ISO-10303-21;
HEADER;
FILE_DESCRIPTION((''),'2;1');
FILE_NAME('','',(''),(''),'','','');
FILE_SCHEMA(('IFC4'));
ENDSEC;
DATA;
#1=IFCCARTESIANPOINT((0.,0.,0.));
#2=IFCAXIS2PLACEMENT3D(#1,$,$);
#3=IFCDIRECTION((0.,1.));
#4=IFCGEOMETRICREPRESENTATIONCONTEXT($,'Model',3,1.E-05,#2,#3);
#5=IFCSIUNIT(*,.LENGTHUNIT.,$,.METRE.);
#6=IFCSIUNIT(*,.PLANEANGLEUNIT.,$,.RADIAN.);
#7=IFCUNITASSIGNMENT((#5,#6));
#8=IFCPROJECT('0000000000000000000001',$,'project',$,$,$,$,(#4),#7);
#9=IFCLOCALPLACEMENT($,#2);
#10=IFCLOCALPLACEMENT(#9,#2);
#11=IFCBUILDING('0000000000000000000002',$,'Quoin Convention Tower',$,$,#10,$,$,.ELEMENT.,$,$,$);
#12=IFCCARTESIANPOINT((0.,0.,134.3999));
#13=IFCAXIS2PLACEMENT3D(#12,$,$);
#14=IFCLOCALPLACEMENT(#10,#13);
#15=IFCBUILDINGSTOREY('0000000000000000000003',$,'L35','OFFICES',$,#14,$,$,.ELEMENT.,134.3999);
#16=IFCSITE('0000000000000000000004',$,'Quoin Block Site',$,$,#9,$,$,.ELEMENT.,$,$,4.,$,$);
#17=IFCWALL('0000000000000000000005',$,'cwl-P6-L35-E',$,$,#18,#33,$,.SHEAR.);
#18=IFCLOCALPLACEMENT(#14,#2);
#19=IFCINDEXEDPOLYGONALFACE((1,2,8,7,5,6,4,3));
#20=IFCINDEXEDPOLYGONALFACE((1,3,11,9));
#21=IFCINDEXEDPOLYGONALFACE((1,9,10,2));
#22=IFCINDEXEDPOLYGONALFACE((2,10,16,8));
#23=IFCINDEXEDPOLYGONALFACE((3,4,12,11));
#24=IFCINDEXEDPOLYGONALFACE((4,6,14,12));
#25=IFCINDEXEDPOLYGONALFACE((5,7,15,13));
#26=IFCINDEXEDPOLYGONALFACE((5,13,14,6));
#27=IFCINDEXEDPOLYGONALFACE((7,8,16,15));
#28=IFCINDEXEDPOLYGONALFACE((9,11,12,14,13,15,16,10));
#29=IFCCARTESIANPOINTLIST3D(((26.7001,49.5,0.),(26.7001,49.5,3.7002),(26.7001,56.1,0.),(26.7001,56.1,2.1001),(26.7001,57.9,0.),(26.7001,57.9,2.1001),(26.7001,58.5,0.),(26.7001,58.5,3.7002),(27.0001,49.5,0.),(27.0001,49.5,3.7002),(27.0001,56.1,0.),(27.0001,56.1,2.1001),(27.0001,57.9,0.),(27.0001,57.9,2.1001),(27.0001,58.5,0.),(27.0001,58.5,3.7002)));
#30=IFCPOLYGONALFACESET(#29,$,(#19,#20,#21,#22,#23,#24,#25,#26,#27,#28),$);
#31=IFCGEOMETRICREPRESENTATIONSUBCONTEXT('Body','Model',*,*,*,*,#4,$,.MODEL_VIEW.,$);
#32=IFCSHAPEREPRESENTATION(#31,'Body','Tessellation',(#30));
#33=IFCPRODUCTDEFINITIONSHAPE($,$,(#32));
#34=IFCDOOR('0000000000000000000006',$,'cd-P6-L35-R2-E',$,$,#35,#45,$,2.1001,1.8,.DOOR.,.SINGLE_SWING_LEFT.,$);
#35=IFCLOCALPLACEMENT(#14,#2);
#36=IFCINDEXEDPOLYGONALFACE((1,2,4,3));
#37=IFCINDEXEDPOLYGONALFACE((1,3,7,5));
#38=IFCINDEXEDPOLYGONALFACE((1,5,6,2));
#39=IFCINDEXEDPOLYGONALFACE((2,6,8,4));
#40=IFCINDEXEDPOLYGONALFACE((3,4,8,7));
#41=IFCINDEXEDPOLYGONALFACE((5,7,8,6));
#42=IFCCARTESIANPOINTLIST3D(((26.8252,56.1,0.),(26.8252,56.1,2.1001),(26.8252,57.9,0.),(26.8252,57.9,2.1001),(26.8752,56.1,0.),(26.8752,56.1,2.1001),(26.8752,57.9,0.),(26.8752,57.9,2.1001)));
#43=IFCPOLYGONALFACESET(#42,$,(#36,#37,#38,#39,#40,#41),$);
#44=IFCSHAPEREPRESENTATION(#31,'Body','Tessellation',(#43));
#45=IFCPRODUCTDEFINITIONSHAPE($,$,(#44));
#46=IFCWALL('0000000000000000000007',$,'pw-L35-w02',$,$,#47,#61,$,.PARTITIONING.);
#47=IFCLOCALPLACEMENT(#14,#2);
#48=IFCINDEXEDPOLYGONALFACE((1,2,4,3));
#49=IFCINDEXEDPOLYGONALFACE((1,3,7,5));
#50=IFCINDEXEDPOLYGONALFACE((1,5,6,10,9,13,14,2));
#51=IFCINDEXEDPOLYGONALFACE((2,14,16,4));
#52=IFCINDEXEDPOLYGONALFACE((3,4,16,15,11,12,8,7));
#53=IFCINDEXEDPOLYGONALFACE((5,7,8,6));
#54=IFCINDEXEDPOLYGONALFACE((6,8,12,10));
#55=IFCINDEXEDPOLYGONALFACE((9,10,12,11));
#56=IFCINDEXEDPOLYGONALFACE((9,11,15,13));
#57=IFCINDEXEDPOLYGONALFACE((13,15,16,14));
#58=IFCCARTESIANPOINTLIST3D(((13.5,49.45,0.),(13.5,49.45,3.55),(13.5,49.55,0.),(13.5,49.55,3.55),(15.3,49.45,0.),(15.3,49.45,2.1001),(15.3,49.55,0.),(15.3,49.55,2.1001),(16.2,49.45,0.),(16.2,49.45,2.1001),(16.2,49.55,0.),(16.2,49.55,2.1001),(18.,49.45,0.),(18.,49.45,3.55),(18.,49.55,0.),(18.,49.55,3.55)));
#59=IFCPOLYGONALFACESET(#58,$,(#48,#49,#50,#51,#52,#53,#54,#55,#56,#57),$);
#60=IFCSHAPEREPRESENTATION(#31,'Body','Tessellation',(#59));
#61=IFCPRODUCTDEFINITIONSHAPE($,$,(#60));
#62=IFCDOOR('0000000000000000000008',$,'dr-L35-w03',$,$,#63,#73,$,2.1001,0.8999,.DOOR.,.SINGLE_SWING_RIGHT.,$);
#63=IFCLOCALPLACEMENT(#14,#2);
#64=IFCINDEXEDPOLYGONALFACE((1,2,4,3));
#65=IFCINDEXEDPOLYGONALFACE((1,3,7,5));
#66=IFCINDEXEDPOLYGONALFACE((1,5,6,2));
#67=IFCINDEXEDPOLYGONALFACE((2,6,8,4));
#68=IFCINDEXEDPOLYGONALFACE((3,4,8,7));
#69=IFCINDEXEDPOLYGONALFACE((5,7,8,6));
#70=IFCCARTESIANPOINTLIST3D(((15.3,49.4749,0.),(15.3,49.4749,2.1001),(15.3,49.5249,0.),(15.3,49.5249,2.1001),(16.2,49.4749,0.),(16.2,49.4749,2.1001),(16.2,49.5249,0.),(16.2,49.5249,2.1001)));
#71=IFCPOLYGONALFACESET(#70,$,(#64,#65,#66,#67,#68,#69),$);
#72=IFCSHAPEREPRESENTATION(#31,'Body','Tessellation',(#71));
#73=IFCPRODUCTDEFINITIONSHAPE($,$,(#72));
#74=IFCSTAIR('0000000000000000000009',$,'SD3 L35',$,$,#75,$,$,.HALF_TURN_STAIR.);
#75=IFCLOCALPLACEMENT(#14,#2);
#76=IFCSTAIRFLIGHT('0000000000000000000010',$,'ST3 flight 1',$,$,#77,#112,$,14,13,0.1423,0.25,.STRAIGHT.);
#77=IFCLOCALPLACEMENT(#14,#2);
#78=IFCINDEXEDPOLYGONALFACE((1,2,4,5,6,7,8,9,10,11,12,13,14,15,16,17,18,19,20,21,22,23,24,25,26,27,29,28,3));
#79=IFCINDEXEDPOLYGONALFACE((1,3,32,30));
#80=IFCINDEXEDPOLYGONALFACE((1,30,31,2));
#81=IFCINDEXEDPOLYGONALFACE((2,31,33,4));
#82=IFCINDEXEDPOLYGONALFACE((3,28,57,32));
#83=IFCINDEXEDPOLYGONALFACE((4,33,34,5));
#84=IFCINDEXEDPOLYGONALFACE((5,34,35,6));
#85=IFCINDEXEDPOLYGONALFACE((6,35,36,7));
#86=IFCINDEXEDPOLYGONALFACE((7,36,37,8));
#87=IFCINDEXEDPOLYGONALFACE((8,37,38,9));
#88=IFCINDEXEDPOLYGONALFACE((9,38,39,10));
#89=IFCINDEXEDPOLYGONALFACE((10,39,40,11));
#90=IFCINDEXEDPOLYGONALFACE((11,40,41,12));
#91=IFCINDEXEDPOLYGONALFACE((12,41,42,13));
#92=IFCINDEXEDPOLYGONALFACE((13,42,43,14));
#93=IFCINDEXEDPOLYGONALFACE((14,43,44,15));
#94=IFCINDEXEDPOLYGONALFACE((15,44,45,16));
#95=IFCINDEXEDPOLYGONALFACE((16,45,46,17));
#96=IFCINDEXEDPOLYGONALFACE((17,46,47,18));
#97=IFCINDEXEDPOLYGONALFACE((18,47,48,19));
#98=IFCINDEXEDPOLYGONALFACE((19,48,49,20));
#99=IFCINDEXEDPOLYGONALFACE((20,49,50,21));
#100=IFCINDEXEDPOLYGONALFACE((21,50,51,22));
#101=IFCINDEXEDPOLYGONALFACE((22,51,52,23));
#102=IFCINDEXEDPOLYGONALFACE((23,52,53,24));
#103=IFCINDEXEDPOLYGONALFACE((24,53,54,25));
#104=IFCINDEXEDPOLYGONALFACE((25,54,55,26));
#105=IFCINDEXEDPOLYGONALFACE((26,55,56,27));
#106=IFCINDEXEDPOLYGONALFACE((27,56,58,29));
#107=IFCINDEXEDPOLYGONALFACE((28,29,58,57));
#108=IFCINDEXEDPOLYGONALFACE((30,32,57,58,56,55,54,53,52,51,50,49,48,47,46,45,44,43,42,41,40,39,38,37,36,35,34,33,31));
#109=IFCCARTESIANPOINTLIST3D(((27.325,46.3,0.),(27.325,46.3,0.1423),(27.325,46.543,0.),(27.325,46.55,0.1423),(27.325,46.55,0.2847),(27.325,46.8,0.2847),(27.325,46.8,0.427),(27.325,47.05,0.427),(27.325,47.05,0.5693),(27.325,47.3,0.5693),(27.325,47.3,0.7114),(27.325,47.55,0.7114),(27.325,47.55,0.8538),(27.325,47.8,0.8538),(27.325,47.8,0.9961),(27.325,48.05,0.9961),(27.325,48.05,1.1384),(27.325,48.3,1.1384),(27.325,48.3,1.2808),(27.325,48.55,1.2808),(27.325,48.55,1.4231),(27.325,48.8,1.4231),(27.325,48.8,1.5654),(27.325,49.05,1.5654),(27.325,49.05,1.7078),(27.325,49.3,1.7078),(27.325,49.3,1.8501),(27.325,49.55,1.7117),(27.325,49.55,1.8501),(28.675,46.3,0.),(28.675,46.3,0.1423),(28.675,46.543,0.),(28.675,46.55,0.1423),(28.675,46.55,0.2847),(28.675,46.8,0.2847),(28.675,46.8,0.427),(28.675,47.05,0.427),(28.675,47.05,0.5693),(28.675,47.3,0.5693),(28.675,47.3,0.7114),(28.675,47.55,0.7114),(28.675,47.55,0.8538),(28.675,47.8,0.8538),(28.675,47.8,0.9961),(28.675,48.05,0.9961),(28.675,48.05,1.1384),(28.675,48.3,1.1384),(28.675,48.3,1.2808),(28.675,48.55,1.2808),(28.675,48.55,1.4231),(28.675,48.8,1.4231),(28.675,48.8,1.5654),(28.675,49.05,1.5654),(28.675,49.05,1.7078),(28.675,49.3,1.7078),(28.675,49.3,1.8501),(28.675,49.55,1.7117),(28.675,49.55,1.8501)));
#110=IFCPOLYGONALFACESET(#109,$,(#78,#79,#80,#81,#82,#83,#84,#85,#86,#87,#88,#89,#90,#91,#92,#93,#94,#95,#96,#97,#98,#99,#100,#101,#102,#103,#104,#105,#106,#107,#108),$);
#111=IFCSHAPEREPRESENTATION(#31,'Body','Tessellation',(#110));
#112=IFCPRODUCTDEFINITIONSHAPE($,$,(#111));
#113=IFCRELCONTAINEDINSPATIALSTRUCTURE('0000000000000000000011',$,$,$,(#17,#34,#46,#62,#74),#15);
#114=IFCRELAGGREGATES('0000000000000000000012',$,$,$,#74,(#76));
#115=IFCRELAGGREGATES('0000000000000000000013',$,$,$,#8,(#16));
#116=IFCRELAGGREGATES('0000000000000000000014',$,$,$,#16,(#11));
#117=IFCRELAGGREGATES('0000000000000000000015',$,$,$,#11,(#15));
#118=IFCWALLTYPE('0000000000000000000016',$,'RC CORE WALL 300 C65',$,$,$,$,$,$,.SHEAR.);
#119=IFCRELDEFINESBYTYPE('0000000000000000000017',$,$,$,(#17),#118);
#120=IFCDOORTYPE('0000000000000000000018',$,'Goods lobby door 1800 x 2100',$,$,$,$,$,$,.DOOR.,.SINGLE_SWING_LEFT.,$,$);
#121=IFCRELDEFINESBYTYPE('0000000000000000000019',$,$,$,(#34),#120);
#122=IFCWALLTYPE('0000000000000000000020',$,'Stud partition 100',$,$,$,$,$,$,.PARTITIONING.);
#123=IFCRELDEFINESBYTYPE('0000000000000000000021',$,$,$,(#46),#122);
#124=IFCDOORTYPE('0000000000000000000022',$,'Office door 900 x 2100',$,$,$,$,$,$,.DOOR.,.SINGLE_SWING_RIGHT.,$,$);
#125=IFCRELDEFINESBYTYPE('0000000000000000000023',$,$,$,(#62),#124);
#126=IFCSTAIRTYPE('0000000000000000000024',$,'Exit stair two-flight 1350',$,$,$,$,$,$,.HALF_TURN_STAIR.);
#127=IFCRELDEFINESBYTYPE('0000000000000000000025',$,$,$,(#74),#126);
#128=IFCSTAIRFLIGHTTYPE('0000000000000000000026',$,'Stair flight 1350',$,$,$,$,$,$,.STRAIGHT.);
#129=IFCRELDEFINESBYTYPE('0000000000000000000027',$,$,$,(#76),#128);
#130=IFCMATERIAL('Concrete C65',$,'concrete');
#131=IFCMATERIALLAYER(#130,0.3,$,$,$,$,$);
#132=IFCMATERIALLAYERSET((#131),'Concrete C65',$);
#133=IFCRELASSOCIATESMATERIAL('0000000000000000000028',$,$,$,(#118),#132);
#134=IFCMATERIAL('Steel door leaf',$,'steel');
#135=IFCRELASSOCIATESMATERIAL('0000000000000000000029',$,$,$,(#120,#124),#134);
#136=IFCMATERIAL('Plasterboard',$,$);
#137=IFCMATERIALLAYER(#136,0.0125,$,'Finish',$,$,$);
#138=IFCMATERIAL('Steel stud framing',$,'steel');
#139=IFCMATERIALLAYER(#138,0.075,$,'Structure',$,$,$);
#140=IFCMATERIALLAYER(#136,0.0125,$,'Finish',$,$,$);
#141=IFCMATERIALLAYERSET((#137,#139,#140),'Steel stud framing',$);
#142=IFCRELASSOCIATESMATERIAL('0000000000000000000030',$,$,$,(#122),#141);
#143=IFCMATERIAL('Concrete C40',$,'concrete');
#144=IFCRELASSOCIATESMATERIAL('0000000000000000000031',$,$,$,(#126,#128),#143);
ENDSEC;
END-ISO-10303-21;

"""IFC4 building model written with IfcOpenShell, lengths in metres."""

from ifc_helpers import new_model, si_unit, direction, frame, frame_2d, origin, place, context, subcontext, project, spatial, polyline, rectangle, outline, extrude, material, layer, layer_set, type_object, element, fill, aggregate, save


model = new_model("IFC4")

# Units and contexts
model_context = context("Model", 3, precision=1e-05, world=origin(), true_north=direction((0.0, 1.0)))
body_context = subcontext(model_context, "Body", "Model", "MODEL_VIEW")
ifc_project = project(units=[si_unit("LENGTHUNIT", "METRE"), si_unit("PLANEANGLEUNIT", "RADIAN")], contexts=[model_context])

# Site, building, storey
site_placement = place(None, origin())
site = spatial("IfcSite", under=ifc_project, at=site_placement, Name="Quoin Block Site", CompositionType="ELEMENT", RefElevation=4.0)
building_placement = place(site_placement, origin())
building = spatial("IfcBuilding", under=site, at=building_placement, Name="Quoin Convention Tower", CompositionType="ELEMENT")
storey_placement = place(building_placement, frame((0.0, 0.0, 134.3999)))
storey = spatial("IfcBuildingStorey", under=building, at=storey_placement, Name="L35", Description="OFFICES", CompositionType="ELEMENT", Elevation=134.3999)

# Shared definitions
ifc_material_1 = material(Name="Concrete C65", Category="concrete")

# Shared definitions
ifc_material_2 = material(Name="Plasterboard")
ifc_material_3 = material(Name="Steel stud framing", Category="steel")

# Shared definitions
ifc_layer_1 = layer(ifc_material_1, 0.3)
ifc_layer_set_1 = layer_set([ifc_layer_1], Name="Concrete C65")
wall_type_1 = type_object("IfcWallType", Name="RC CORE WALL 300 C65", PredefinedType="SHEAR", material=ifc_layer_set_1)
ifc_material_4 = material(Name="Steel door leaf", Category="steel")

# Walls, openings, doors
wall_1_placement = place(storey_placement, frame((26.8501, 49.5, 0.0), z_axis=(0.0, 0.0, 1.0), x_axis=(0.0, 1.0, 0.0)))
wall_1 = element("IfcWall", 1, at=wall_1_placement, inside=storey, type_object=wall_type_1, Name="cwl-P6-L35-E", PredefinedType="SHEAR", context=body_context, shape_type="SweptSolid", body=[
    extrude(rectangle(XDim=9.0, YDim=0.3, at=frame_2d((4.5, 0.0))), origin(), (0.0, 0.0, 1.0), 3.7002),
])
opening_1_placement = place(wall_1_placement, frame((6.6001, 0.0, 0.0)))
opening_1 = element("IfcOpeningElement", 2, at=opening_1_placement, cuts=wall_1, PredefinedType="OPENING", context=body_context, shape_type="SweptSolid", body=[
    extrude(rectangle(XDim=1.8, YDim=2.1001, at=frame_2d((0.8999, 1.05))), frame((0.0, 0.1599, 0.0), z_axis=(0.0, -1.0, 0.0), x_axis=(1.0, 0.0, 0.0)), (0.0, 0.0, 1.0), 0.3201),
])
door_type_1 = type_object("IfcDoorType", Name="Goods lobby door 1800 x 2100", OperationType="SINGLE_SWING_LEFT", PredefinedType="DOOR", material=ifc_material_4)
door_1_placement = place(opening_1_placement, origin())
door_1 = element("IfcDoor", 3, at=door_1_placement, inside=storey, type_object=door_type_1, Name="cd-P6-L35-R2-E", OperationType="SINGLE_SWING_LEFT", OverallHeight=2.1001, OverallWidth=1.8, PredefinedType="DOOR", context=body_context, shape_type="SweptSolid", body=[
    extrude(rectangle(XDim=1.8, YDim=2.1001, at=frame_2d((0.8999, 1.05))), frame((0.0, 0.0249, 0.0), z_axis=(0.0, -1.0, 0.0), x_axis=(1.0, 0.0, 0.0)), (0.0, 0.0, 1.0), 0.05),
])
fill(opening_1, door_1)
ifc_layer_2 = layer(ifc_material_2, 0.0125, Name="Finish")
ifc_layer_3 = layer(ifc_material_3, 0.075, Name="Structure")
ifc_layer_4 = layer(ifc_material_2, 0.0125, Name="Finish")
ifc_layer_set_2 = layer_set([ifc_layer_2, ifc_layer_3, ifc_layer_4], Name="Steel stud framing")
wall_type_2 = type_object("IfcWallType", Name="Stud partition 100", PredefinedType="PARTITIONING", material=ifc_layer_set_2)
wall_2_placement = place(storey_placement, frame((13.5, 49.5, 0.0), z_axis=(0.0, 0.0, 1.0), x_axis=(1.0, 0.0, 0.0)))
wall_2 = element("IfcWall", 4, at=wall_2_placement, inside=storey, type_object=wall_type_2, Name="pw-L35-w02", PredefinedType="PARTITIONING", context=body_context, shape_type="SweptSolid", body=[
    extrude(rectangle(XDim=4.5, YDim=0.1001, at=frame_2d((2.25, 0.0))), origin(), (0.0, 0.0, 1.0), 3.55),
])
opening_2_placement = place(wall_2_placement, frame((1.8, 0.0, 0.0)))
opening_2 = element("IfcOpeningElement", 5, at=opening_2_placement, cuts=wall_2, PredefinedType="OPENING", context=body_context, shape_type="SweptSolid", body=[
    extrude(rectangle(XDim=0.8999, YDim=2.1001, at=frame_2d((0.45, 1.05))), frame((0.0, 0.0601, 0.0), z_axis=(0.0, -1.0, 0.0), x_axis=(1.0, 0.0, 0.0)), (0.0, 0.0, 1.0), 0.1201),
])
door_type_2 = type_object("IfcDoorType", Name="Office door 900 x 2100", OperationType="SINGLE_SWING_RIGHT", PredefinedType="DOOR", material=ifc_material_4)
door_2_placement = place(opening_2_placement, origin())
door_2 = element("IfcDoor", 6, at=door_2_placement, inside=storey, type_object=door_type_2, Name="dr-L35-w03", OperationType="SINGLE_SWING_RIGHT", OverallHeight=2.1001, OverallWidth=0.8999, PredefinedType="DOOR", context=body_context, shape_type="SweptSolid", body=[
    extrude(rectangle(XDim=0.8999, YDim=2.1001, at=frame_2d((0.45, 1.05))), frame((0.0, 0.0249, 0.0), z_axis=(0.0, -1.0, 0.0), x_axis=(1.0, 0.0, 0.0)), (0.0, 0.0, 1.0), 0.05),
])
fill(opening_2, door_2)

# Stair, stair flight
ifc_material_5 = material(Name="Concrete C40", Category="concrete")
stair_type = type_object("IfcStairType", Name="Exit stair two-flight 1350", PredefinedType="HALF_TURN_STAIR", material=ifc_material_5)
stair_placement = place(storey_placement, origin())
stair = element("IfcStair", 7, at=stair_placement, inside=storey, type_object=stair_type, Name="SD3 L35", PredefinedType="HALF_TURN_STAIR")
stair_flight_type = type_object("IfcStairFlightType", Name="Stair flight 1350", PredefinedType="STRAIGHT", material=ifc_material_5)
stair_flight_placement = place(storey_placement, frame((28.0, 46.3, 0.0), z_axis=(0.0, 0.0, 1.0), x_axis=(0.0, 1.0, 0.0)))
stair_flight = element("IfcStairFlight", 8, at=stair_flight_placement, type_object=stair_flight_type, Name="ST3 flight 1", NumberOfRisers=14, NumberOfTreads=13, PredefinedType="STRAIGHT", RiserHeight=0.1423, TreadLength=0.25, context=body_context, shape_type="SweptSolid", body=[
    extrude(outline(polyline([(0.0, 0.0), (0.0, 0.1423), (0.25, 0.1423), (0.25, 0.2847), (0.5, 0.2847), (0.5, 0.427), (0.75, 0.427), (0.75, 0.5693), (1.0, 0.5693), (1.0, 0.7114), (1.25, 0.7114), (1.25, 0.8538), (1.5, 0.8538), (1.5, 0.9961), (1.75, 0.9961), (1.75, 1.1384), (2.0, 1.1384), (2.0, 1.2808), (2.25, 1.2808), (2.25, 1.4231), (2.5, 1.4231), (2.5, 1.5654), (2.75, 1.5654), (2.75, 1.7078), (3.0, 1.7078), (3.0, 1.8501), (3.25, 1.8501), (3.25, 1.9922), (3.25, 1.7117), (0.2429, 0.0), (0.0, 0.0)])), frame((0.0, 0.675, 0.0), z_axis=(0.0, -1.0, 0.0), x_axis=(1.0, 0.0, 0.0)), (0.0, 0.0, 1.0), 1.3501),
])
aggregate(stair, [stair_flight])

save(model, "model.ifc")
